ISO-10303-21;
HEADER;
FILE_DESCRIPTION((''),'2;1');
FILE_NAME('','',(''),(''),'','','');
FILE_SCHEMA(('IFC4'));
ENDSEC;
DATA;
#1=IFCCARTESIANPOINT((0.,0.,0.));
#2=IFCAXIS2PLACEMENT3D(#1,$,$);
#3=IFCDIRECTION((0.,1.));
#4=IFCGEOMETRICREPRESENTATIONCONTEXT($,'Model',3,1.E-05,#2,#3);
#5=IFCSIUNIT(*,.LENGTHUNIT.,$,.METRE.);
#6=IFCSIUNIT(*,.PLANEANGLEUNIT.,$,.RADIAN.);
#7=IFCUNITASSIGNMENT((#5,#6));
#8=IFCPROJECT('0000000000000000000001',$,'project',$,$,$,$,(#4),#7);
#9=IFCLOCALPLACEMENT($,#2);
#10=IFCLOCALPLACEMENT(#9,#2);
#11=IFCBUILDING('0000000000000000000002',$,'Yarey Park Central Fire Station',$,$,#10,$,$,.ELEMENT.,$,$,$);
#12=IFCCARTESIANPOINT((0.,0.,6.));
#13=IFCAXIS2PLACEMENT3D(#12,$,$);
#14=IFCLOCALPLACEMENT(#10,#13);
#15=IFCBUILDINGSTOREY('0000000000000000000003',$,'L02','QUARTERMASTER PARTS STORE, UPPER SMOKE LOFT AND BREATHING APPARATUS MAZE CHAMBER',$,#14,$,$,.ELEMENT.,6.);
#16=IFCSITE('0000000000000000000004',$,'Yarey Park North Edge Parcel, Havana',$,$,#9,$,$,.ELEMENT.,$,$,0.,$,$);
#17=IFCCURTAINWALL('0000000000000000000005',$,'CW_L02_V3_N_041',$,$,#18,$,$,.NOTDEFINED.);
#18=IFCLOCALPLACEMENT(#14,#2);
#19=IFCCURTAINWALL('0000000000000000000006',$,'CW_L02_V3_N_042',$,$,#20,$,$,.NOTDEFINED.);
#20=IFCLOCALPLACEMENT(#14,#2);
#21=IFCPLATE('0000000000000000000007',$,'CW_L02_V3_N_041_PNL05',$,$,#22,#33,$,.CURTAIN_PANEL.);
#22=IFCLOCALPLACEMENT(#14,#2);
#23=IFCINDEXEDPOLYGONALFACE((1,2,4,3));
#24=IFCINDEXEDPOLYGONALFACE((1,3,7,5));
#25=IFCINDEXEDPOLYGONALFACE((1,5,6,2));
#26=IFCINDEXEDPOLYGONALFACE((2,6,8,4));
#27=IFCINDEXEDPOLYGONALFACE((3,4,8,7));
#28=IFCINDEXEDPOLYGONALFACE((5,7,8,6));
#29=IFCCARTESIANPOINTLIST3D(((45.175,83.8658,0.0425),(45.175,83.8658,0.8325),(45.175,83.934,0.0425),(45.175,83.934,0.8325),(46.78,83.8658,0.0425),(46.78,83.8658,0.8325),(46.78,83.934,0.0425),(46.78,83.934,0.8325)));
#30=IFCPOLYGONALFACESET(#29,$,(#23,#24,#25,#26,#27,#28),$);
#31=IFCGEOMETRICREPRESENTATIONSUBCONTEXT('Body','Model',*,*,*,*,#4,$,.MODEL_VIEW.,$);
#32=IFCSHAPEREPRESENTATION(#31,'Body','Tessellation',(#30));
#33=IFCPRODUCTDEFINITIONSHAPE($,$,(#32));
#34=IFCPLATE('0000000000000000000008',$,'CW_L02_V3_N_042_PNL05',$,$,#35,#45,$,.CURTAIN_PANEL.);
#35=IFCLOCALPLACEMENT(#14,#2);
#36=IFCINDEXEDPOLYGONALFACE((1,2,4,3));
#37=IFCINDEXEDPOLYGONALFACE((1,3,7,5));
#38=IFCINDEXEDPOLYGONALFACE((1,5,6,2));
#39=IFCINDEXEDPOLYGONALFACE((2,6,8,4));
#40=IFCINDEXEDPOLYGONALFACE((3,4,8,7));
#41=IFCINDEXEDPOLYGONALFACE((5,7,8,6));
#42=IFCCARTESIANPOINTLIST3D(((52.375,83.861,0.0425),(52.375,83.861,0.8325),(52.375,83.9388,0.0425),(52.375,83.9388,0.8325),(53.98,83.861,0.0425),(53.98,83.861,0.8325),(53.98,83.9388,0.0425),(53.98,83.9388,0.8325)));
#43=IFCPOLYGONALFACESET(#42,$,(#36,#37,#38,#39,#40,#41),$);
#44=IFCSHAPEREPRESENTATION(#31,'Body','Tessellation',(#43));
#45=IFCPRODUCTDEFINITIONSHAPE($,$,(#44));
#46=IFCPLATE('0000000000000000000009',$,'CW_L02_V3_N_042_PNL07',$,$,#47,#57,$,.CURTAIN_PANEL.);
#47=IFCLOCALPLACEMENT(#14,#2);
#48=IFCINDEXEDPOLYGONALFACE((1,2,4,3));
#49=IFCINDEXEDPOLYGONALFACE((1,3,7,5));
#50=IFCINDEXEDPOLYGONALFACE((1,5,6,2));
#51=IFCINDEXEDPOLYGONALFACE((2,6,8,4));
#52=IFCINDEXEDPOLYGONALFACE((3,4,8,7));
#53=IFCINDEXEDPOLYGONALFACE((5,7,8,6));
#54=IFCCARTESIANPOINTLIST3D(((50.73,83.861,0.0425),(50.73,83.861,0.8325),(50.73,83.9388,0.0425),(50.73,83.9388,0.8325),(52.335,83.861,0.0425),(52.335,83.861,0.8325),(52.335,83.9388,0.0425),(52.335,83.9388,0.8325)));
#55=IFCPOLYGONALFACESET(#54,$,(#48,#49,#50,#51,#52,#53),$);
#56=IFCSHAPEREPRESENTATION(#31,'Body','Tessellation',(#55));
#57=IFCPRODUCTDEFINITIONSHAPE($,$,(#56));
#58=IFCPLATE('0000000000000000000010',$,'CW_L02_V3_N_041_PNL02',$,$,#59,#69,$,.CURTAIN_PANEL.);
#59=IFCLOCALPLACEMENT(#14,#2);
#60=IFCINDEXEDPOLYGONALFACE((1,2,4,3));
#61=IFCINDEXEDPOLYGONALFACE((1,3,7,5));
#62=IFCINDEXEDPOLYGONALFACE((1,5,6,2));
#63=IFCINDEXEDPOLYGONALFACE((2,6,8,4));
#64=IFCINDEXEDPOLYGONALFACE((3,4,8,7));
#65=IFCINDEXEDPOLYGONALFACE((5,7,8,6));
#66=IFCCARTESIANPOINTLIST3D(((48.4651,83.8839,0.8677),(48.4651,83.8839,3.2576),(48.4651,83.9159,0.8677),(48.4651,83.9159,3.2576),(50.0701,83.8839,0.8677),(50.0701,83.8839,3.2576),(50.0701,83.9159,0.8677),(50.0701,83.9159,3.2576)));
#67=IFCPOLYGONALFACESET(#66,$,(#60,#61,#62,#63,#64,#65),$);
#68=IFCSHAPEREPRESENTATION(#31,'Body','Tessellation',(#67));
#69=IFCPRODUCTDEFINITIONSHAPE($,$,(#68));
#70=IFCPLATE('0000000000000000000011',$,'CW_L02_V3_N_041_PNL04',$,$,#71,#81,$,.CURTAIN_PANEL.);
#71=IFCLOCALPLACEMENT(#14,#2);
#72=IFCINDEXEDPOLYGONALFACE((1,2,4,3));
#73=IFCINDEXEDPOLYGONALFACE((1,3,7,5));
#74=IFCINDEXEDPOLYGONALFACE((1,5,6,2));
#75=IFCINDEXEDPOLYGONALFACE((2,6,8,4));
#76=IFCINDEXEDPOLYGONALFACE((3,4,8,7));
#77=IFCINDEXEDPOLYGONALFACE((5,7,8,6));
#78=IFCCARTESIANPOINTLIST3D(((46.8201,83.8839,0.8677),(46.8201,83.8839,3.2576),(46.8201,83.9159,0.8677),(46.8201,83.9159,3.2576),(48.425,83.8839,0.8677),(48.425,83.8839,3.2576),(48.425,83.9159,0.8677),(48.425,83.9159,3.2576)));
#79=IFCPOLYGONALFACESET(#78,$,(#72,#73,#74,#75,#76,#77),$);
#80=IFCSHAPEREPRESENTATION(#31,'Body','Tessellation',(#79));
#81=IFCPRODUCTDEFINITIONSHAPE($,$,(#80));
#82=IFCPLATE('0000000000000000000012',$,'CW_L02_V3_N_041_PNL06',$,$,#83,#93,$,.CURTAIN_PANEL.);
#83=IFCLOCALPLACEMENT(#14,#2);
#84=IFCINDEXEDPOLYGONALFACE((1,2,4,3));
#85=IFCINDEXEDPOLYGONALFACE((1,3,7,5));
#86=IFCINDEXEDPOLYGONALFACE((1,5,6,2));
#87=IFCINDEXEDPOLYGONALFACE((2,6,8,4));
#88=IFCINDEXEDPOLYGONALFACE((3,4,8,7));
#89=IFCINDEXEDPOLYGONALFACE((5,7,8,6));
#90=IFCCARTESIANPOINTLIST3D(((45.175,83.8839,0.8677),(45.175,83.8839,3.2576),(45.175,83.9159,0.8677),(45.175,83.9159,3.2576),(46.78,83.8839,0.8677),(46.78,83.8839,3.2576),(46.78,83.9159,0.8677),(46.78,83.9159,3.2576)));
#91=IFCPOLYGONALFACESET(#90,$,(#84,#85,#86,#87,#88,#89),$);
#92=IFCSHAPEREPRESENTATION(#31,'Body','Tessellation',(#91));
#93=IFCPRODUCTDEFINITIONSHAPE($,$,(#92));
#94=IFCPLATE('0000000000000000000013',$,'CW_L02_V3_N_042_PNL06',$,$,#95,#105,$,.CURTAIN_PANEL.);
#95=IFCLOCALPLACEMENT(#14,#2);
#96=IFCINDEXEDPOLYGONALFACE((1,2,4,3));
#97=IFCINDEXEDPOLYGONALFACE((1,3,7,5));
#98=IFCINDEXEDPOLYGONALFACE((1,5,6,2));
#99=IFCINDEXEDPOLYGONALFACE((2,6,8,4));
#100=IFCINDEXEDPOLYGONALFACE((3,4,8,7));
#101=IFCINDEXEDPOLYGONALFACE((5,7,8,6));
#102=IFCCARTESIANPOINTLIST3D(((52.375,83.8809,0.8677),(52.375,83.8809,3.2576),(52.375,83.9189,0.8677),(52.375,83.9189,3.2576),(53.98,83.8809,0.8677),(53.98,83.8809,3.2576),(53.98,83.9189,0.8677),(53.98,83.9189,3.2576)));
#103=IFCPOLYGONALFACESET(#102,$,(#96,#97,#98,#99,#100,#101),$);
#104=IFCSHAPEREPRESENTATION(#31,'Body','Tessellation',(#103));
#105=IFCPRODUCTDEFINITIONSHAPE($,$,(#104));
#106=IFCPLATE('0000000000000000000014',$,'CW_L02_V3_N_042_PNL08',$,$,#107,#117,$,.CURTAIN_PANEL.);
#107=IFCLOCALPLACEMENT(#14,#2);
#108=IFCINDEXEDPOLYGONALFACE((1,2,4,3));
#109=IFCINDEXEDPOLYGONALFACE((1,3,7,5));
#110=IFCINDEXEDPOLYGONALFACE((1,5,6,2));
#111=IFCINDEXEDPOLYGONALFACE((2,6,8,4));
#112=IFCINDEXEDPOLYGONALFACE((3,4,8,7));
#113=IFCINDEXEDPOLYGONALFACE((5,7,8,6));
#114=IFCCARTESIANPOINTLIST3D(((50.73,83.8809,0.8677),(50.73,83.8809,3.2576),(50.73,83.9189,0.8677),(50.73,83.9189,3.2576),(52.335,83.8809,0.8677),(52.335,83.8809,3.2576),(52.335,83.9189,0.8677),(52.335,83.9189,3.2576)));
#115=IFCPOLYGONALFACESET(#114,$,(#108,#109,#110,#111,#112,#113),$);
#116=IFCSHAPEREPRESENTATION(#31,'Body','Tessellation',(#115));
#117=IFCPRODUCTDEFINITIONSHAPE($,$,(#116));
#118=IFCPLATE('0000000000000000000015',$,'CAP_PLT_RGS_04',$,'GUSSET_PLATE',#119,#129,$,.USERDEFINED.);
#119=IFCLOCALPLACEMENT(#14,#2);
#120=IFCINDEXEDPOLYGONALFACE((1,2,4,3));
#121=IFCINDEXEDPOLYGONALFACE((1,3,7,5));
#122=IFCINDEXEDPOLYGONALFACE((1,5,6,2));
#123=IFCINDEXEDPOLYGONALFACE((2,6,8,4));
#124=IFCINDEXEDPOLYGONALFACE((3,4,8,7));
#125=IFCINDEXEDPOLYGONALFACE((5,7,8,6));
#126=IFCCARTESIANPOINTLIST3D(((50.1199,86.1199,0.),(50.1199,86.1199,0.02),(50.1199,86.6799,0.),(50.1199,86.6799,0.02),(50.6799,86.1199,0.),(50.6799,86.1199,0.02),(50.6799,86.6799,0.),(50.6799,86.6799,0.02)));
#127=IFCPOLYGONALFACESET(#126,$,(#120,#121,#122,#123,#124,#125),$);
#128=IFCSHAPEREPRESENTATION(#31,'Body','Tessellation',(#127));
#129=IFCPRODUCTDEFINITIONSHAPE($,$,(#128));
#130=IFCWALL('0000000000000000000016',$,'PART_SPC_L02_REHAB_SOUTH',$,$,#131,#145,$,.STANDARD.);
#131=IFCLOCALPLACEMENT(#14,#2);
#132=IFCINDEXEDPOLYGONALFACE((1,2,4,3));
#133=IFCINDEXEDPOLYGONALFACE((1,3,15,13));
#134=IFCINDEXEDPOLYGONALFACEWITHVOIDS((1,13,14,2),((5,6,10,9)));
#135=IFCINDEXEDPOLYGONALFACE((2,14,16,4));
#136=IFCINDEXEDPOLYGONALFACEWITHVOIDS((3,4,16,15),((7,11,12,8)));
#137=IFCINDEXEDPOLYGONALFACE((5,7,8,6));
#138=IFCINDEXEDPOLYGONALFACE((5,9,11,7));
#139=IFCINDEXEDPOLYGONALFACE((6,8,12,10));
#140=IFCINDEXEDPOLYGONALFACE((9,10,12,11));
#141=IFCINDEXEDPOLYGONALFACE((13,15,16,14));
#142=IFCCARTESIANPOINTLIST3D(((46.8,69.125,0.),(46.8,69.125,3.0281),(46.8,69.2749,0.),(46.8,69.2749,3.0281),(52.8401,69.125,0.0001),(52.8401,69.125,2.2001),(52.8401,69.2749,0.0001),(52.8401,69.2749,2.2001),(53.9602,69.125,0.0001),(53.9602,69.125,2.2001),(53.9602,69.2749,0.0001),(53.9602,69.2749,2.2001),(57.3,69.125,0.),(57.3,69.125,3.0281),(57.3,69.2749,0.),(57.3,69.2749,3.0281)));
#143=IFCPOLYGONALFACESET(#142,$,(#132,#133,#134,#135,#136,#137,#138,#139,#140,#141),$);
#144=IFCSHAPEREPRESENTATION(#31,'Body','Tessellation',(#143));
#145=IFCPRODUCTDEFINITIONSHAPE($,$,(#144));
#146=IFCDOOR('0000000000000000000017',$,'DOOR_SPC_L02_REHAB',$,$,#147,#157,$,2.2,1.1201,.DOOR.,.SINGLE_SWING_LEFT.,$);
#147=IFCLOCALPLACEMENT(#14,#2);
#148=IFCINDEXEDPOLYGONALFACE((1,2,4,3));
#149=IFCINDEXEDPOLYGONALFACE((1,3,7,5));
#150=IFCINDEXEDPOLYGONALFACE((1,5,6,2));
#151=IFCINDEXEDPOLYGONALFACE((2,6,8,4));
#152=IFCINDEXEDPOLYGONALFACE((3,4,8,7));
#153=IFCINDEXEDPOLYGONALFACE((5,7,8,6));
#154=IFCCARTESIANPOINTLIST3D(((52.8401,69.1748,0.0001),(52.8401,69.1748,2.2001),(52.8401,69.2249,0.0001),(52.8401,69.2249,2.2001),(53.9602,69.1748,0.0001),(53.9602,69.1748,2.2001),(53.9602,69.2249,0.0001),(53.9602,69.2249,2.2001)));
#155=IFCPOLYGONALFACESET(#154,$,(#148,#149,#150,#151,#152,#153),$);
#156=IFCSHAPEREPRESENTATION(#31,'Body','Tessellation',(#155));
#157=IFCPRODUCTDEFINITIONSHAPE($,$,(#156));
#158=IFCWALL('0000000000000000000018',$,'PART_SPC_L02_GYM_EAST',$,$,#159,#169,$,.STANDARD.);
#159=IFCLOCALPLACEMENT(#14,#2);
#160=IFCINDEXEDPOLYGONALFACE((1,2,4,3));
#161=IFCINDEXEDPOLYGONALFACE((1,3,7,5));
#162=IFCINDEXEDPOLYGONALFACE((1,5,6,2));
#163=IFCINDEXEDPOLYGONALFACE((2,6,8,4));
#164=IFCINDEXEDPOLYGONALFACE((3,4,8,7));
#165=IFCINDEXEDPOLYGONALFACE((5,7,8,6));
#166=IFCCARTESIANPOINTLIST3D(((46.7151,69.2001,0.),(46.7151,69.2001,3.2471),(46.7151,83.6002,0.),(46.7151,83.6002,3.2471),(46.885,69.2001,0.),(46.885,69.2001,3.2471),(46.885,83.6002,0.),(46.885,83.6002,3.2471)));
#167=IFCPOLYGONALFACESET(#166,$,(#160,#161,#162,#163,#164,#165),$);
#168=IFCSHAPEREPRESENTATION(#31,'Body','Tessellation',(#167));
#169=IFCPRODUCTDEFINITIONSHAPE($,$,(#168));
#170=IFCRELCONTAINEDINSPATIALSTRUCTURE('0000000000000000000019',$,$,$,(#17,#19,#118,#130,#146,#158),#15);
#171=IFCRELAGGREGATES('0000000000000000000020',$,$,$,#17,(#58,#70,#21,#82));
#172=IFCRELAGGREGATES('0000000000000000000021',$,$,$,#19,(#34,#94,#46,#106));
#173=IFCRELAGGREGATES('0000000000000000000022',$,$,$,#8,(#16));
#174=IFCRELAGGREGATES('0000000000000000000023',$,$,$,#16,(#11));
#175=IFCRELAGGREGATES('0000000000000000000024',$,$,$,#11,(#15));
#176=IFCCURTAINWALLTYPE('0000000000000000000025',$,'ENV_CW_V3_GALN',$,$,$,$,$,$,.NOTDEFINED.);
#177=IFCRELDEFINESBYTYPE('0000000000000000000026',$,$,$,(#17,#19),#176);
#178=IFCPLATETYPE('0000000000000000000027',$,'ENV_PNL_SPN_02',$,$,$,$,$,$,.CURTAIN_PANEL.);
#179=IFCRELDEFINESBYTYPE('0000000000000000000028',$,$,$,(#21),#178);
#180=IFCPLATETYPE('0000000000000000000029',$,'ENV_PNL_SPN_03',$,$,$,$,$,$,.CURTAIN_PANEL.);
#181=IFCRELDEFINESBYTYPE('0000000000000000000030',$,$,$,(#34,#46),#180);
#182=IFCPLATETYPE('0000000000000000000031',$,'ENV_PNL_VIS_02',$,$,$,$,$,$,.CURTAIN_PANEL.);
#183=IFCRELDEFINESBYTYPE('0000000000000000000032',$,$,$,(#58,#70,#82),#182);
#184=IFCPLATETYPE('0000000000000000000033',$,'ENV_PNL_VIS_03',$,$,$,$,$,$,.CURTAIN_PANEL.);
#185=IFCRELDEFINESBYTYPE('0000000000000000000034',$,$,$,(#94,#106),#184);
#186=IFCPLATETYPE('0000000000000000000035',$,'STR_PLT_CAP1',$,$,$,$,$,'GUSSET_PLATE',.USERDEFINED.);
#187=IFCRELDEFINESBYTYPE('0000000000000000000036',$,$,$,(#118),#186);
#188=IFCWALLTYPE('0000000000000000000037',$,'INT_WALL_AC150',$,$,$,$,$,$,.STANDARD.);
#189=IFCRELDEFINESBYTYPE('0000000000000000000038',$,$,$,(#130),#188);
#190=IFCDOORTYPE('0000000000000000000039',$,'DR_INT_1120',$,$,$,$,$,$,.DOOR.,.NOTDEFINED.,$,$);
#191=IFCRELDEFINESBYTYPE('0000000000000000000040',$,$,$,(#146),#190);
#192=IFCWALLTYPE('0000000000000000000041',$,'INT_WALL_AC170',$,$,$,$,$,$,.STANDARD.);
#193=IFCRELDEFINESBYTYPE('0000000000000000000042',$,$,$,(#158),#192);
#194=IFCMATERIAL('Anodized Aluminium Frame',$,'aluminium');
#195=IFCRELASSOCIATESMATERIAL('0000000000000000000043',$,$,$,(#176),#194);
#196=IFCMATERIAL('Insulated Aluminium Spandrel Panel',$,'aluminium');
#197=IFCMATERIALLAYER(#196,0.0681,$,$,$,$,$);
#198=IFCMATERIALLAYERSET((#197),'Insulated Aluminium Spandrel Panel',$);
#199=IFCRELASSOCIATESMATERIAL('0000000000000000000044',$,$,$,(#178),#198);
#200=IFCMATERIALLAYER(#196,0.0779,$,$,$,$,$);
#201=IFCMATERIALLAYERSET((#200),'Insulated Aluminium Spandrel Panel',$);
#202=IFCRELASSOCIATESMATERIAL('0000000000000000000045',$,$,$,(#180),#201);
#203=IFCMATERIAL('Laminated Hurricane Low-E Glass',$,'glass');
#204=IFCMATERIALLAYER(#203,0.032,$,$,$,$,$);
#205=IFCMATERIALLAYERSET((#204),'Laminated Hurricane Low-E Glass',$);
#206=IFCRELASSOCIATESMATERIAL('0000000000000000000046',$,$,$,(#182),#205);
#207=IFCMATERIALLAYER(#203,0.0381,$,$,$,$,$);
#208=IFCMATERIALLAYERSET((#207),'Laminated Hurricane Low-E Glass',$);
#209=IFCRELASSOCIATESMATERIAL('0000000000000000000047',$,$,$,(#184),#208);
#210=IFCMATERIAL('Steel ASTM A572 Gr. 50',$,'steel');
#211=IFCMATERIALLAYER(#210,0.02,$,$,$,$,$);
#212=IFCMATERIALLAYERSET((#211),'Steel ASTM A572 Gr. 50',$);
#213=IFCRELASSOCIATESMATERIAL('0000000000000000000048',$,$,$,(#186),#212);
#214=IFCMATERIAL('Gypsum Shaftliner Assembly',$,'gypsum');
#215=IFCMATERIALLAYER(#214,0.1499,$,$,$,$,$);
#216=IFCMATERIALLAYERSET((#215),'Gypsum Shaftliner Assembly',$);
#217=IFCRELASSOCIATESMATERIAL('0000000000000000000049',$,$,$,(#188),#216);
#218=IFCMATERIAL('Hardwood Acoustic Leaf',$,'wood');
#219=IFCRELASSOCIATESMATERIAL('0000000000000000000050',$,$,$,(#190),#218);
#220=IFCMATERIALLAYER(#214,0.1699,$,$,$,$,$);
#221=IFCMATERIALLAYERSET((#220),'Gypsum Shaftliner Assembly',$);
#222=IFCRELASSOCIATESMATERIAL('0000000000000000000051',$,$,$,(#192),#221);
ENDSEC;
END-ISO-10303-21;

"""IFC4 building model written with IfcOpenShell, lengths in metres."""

from ifc_helpers import new_model, si_unit, direction, frame, frame_2d, origin, origin_2d, place, context, subcontext, project, spatial, rectangle, extrude, material, layer, layer_set, type_object, element, fill, aggregate, save


model = new_model("IFC4")

# Units and contexts
model_context = context("Model", 3, precision=1e-05, world=origin(), true_north=direction((0.0, 1.0)))
body_context = subcontext(model_context, "Body", "Model", "MODEL_VIEW")
ifc_project = project(units=[si_unit("LENGTHUNIT", "METRE"), si_unit("PLANEANGLEUNIT", "RADIAN")], contexts=[model_context])

# Site, building, storey
site_placement = place(None, origin())
site = spatial("IfcSite", under=ifc_project, at=site_placement, Name="Yarey Park North Edge Parcel, Havana", CompositionType="ELEMENT", RefElevation=0.0)
building_placement = place(site_placement, origin())
building = spatial("IfcBuilding", under=site, at=building_placement, Name="Yarey Park Central Fire Station", CompositionType="ELEMENT")
storey_placement = place(building_placement, frame((0.0, 0.0, 6.0)))
storey = spatial("IfcBuildingStorey", under=building, at=storey_placement, Name="L02", Description="QUARTERMASTER PARTS STORE, UPPER SMOKE LOFT AND BREATHING APPARATUS MAZE CHAMBER", CompositionType="ELEMENT", Elevation=6.0)

# Curtain walls
ifc_material_1 = material(Name="Anodized Aluminium Frame", Category="aluminium")
curtain_wall_type = type_object("IfcCurtainWallType", Name="ENV_CW_V3_GALN", PredefinedType="NOTDEFINED", material=ifc_material_1)
curtain_wall_1_placement = place(storey_placement, origin())
curtain_wall_1 = element("IfcCurtainWall", 1, at=curtain_wall_1_placement, inside=storey, type_object=curtain_wall_type, Name="CW_L02_V3_N_041", PredefinedType="NOTDEFINED")
curtain_wall_2_placement = place(storey_placement, origin())
curtain_wall_2 = element("IfcCurtainWall", 2, at=curtain_wall_2_placement, inside=storey, type_object=curtain_wall_type, Name="CW_L02_V3_N_042", PredefinedType="NOTDEFINED")

# Plates
ifc_material_2 = material(Name="Insulated Aluminium Spandrel Panel", Category="aluminium")
ifc_layer_1 = layer(ifc_material_2, 0.0681)
ifc_layer_set_1 = layer_set([ifc_layer_1], Name="Insulated Aluminium Spandrel Panel")
plate_type_1 = type_object("IfcPlateType", Name="ENV_PNL_SPN_02", PredefinedType="CURTAIN_PANEL", material=ifc_layer_set_1)
plate_1_placement = place(storey_placement, frame((45.9775, 83.8999, 0.0425), z_axis=(0.0, 0.0, 1.0), x_axis=(-1.0, 0.0, 0.0)))
plate_1 = element("IfcPlate", 3, at=plate_1_placement, type_object=plate_type_1, Name="CW_L02_V3_N_041_PNL05", PredefinedType="CURTAIN_PANEL", context=body_context, shape_type="SweptSolid", body=[
    extrude(rectangle(XDim=1.605, YDim=0.0681, at=origin_2d()), origin(), (0.0, 0.0, 1.0), 0.79),
])
ifc_layer_2 = layer(ifc_material_2, 0.0779)
ifc_layer_set_2 = layer_set([ifc_layer_2], Name="Insulated Aluminium Spandrel Panel")
plate_type_2 = type_object("IfcPlateType", Name="ENV_PNL_SPN_03", PredefinedType="CURTAIN_PANEL", material=ifc_layer_set_2)
plate_2_placement = place(storey_placement, frame((53.1775, 83.8999, 0.0425), z_axis=(0.0, 0.0, 1.0), x_axis=(-1.0, 0.0, 0.0)))
plate_2 = element("IfcPlate", 4, at=plate_2_placement, type_object=plate_type_2, Name="CW_L02_V3_N_042_PNL05", PredefinedType="CURTAIN_PANEL", context=body_context, shape_type="SweptSolid", body=[
    extrude(rectangle(XDim=1.605, YDim=0.0779, at=origin_2d()), origin(), (0.0, 0.0, 1.0), 0.79),
])
plate_3_placement = place(storey_placement, frame((51.5325, 83.8999, 0.0425), z_axis=(0.0, 0.0, 1.0), x_axis=(-1.0, 0.0, 0.0)))
plate_3 = element("IfcPlate", 5, at=plate_3_placement, type_object=plate_type_2, Name="CW_L02_V3_N_042_PNL07", PredefinedType="CURTAIN_PANEL", context=body_context, shape_type="SweptSolid", body=[
    extrude(rectangle(XDim=1.605, YDim=0.0779, at=origin_2d()), origin(), (0.0, 0.0, 1.0), 0.79),
])
ifc_material_3 = material(Name="Laminated Hurricane Low-E Glass", Category="glass")
ifc_layer_3 = layer(ifc_material_3, 0.032)
ifc_layer_set_3 = layer_set([ifc_layer_3], Name="Laminated Hurricane Low-E Glass")
plate_type_3 = type_object("IfcPlateType", Name="ENV_PNL_VIS_02", PredefinedType="CURTAIN_PANEL", material=ifc_layer_set_3)
plate_4_placement = place(storey_placement, frame((49.2676, 83.8999, 0.8677), z_axis=(0.0, 0.0, 1.0), x_axis=(-1.0, 0.0, 0.0)))
plate_4 = element("IfcPlate", 6, at=plate_4_placement, type_object=plate_type_3, Name="CW_L02_V3_N_041_PNL02", PredefinedType="CURTAIN_PANEL", context=body_context, shape_type="SweptSolid", body=[
    extrude(rectangle(XDim=1.605, YDim=0.032, at=origin_2d()), origin(), (0.0, 0.0, 1.0), 2.3899),
])
plate_5_placement = place(storey_placement, frame((47.6226, 83.8999, 0.8677), z_axis=(0.0, 0.0, 1.0), x_axis=(-1.0, 0.0, 0.0)))
plate_5 = element("IfcPlate", 7, at=plate_5_placement, type_object=plate_type_3, Name="CW_L02_V3_N_041_PNL04", PredefinedType="CURTAIN_PANEL", context=body_context, shape_type="SweptSolid", body=[
    extrude(rectangle(XDim=1.605, YDim=0.032, at=origin_2d()), origin(), (0.0, 0.0, 1.0), 2.3899),
])
plate_6_placement = place(storey_placement, frame((45.9775, 83.8999, 0.8677), z_axis=(0.0, 0.0, 1.0), x_axis=(-1.0, 0.0, 0.0)))
plate_6 = element("IfcPlate", 8, at=plate_6_placement, type_object=plate_type_3, Name="CW_L02_V3_N_041_PNL06", PredefinedType="CURTAIN_PANEL", context=body_context, shape_type="SweptSolid", body=[
    extrude(rectangle(XDim=1.605, YDim=0.032, at=origin_2d()), origin(), (0.0, 0.0, 1.0), 2.3899),
])
aggregate(curtain_wall_1, [plate_4, plate_5, plate_1, plate_6])
ifc_layer_4 = layer(ifc_material_3, 0.0381)
ifc_layer_set_4 = layer_set([ifc_layer_4], Name="Laminated Hurricane Low-E Glass")
plate_type_4 = type_object("IfcPlateType", Name="ENV_PNL_VIS_03", PredefinedType="CURTAIN_PANEL", material=ifc_layer_set_4)
plate_7_placement = place(storey_placement, frame((53.1775, 83.8999, 0.8677), z_axis=(0.0, 0.0, 1.0), x_axis=(-1.0, 0.0, 0.0)))
plate_7 = element("IfcPlate", 9, at=plate_7_placement, type_object=plate_type_4, Name="CW_L02_V3_N_042_PNL06", PredefinedType="CURTAIN_PANEL", context=body_context, shape_type="SweptSolid", body=[
    extrude(rectangle(XDim=1.605, YDim=0.0381, at=origin_2d()), origin(), (0.0, 0.0, 1.0), 2.3899),
])
plate_8_placement = place(storey_placement, frame((51.5325, 83.8999, 0.8677), z_axis=(0.0, 0.0, 1.0), x_axis=(-1.0, 0.0, 0.0)))
plate_8 = element("IfcPlate", 10, at=plate_8_placement, type_object=plate_type_4, Name="CW_L02_V3_N_042_PNL08", PredefinedType="CURTAIN_PANEL", context=body_context, shape_type="SweptSolid", body=[
    extrude(rectangle(XDim=1.605, YDim=0.0381, at=origin_2d()), origin(), (0.0, 0.0, 1.0), 2.3899),
])
aggregate(curtain_wall_2, [plate_2, plate_7, plate_3, plate_8])
ifc_material_4 = material(Name="Steel ASTM A572 Gr. 50", Category="steel")
ifc_layer_5 = layer(ifc_material_4, 0.02)
ifc_layer_set_5 = layer_set([ifc_layer_5], Name="Steel ASTM A572 Gr. 50")
plate_type_5 = type_object("IfcPlateType", Name="STR_PLT_CAP1", ElementType="GUSSET_PLATE", PredefinedType="USERDEFINED", material=ifc_layer_set_5)
plate_9_placement = place(storey_placement, frame((50.3999, 86.3999, 0.0), z_axis=(0.0, 0.0, 1.0), x_axis=(1.0, 0.0, 0.0)))
element("IfcPlate", 11, at=plate_9_placement, inside=storey, type_object=plate_type_5, Name="CAP_PLT_RGS_04", ObjectType="GUSSET_PLATE", PredefinedType="USERDEFINED", context=body_context, shape_type="SweptSolid", body=[
    extrude(rectangle(XDim=0.5601, YDim=0.5601, at=origin_2d()), origin(), (0.0, 0.0, 1.0), 0.02),
])

# Wall, opening, door
ifc_material_5 = material(Name="Gypsum Shaftliner Assembly", Category="gypsum")
ifc_layer_6 = layer(ifc_material_5, 0.1499)
ifc_layer_set_6 = layer_set([ifc_layer_6], Name="Gypsum Shaftliner Assembly")
wall_type_1 = type_object("IfcWallType", Name="INT_WALL_AC150", PredefinedType="STANDARD", material=ifc_layer_set_6)
wall_1_placement = place(storey_placement, frame((46.8, 69.2, 0.0), z_axis=(0.0, 0.0, 1.0), x_axis=(1.0, 0.0, 0.0)))
wall_1 = element("IfcWall", 12, at=wall_1_placement, inside=storey, type_object=wall_type_1, Name="PART_SPC_L02_REHAB_SOUTH", PredefinedType="STANDARD", context=body_context, shape_type="SweptSolid", body=[
    extrude(rectangle(XDim=10.5, YDim=0.1499, at=frame_2d((5.25, 0.0))), origin(), (0.0, 0.0, 1.0), 3.0281),
])
opening_placement = place(wall_1_placement, frame((6.04, 0.0, 0.0)))
opening = element("IfcOpeningElement", 13, at=opening_placement, cuts=wall_1, PredefinedType="OPENING", context=body_context, shape_type="SweptSolid", body=[
    extrude(rectangle(XDim=1.1201, YDim=2.2, at=frame_2d((0.5601, 1.1001))), frame((0.0, 0.085, 0.0), z_axis=(0.0, -1.0, 0.0), x_axis=(1.0, 0.0, 0.0)), (0.0, 0.0, 1.0), 0.1699),
])
ifc_material_6 = material(Name="Hardwood Acoustic Leaf", Category="wood")
door_type = type_object("IfcDoorType", Name="DR_INT_1120", OperationType="NOTDEFINED", PredefinedType="DOOR", material=ifc_material_6)
door_placement = place(opening_placement, origin())
door = element("IfcDoor", 14, at=door_placement, inside=storey, type_object=door_type, Name="DOOR_SPC_L02_REHAB", OperationType="SINGLE_SWING_LEFT", OverallHeight=2.2, OverallWidth=1.1201, PredefinedType="DOOR", context=body_context, shape_type="SweptSolid", body=[
    extrude(rectangle(XDim=1.1201, YDim=2.2, at=frame_2d((0.5601, 1.1001))), frame((0.0, 0.0249, 0.0), z_axis=(0.0, -1.0, 0.0), x_axis=(1.0, 0.0, 0.0)), (0.0, 0.0, 1.0), 0.05),
])
fill(opening, door)

# Wall
ifc_layer_7 = layer(ifc_material_5, 0.1699)
ifc_layer_set_7 = layer_set([ifc_layer_7], Name="Gypsum Shaftliner Assembly")
wall_type_2 = type_object("IfcWallType", Name="INT_WALL_AC170", PredefinedType="STANDARD", material=ifc_layer_set_7)
wall_2_placement = place(storey_placement, frame((46.8, 69.2, 0.0), z_axis=(0.0, 0.0, 1.0), x_axis=(0.0, 1.0, 0.0)))
element("IfcWall", 15, at=wall_2_placement, inside=storey, type_object=wall_type_2, Name="PART_SPC_L02_GYM_EAST", PredefinedType="STANDARD", context=body_context, shape_type="SweptSolid", body=[
    extrude(rectangle(XDim=14.4001, YDim=0.1699, at=frame_2d((7.2002, 0.0))), origin(), (0.0, 0.0, 1.0), 3.2471),
])

save(model, "model.ifc")
